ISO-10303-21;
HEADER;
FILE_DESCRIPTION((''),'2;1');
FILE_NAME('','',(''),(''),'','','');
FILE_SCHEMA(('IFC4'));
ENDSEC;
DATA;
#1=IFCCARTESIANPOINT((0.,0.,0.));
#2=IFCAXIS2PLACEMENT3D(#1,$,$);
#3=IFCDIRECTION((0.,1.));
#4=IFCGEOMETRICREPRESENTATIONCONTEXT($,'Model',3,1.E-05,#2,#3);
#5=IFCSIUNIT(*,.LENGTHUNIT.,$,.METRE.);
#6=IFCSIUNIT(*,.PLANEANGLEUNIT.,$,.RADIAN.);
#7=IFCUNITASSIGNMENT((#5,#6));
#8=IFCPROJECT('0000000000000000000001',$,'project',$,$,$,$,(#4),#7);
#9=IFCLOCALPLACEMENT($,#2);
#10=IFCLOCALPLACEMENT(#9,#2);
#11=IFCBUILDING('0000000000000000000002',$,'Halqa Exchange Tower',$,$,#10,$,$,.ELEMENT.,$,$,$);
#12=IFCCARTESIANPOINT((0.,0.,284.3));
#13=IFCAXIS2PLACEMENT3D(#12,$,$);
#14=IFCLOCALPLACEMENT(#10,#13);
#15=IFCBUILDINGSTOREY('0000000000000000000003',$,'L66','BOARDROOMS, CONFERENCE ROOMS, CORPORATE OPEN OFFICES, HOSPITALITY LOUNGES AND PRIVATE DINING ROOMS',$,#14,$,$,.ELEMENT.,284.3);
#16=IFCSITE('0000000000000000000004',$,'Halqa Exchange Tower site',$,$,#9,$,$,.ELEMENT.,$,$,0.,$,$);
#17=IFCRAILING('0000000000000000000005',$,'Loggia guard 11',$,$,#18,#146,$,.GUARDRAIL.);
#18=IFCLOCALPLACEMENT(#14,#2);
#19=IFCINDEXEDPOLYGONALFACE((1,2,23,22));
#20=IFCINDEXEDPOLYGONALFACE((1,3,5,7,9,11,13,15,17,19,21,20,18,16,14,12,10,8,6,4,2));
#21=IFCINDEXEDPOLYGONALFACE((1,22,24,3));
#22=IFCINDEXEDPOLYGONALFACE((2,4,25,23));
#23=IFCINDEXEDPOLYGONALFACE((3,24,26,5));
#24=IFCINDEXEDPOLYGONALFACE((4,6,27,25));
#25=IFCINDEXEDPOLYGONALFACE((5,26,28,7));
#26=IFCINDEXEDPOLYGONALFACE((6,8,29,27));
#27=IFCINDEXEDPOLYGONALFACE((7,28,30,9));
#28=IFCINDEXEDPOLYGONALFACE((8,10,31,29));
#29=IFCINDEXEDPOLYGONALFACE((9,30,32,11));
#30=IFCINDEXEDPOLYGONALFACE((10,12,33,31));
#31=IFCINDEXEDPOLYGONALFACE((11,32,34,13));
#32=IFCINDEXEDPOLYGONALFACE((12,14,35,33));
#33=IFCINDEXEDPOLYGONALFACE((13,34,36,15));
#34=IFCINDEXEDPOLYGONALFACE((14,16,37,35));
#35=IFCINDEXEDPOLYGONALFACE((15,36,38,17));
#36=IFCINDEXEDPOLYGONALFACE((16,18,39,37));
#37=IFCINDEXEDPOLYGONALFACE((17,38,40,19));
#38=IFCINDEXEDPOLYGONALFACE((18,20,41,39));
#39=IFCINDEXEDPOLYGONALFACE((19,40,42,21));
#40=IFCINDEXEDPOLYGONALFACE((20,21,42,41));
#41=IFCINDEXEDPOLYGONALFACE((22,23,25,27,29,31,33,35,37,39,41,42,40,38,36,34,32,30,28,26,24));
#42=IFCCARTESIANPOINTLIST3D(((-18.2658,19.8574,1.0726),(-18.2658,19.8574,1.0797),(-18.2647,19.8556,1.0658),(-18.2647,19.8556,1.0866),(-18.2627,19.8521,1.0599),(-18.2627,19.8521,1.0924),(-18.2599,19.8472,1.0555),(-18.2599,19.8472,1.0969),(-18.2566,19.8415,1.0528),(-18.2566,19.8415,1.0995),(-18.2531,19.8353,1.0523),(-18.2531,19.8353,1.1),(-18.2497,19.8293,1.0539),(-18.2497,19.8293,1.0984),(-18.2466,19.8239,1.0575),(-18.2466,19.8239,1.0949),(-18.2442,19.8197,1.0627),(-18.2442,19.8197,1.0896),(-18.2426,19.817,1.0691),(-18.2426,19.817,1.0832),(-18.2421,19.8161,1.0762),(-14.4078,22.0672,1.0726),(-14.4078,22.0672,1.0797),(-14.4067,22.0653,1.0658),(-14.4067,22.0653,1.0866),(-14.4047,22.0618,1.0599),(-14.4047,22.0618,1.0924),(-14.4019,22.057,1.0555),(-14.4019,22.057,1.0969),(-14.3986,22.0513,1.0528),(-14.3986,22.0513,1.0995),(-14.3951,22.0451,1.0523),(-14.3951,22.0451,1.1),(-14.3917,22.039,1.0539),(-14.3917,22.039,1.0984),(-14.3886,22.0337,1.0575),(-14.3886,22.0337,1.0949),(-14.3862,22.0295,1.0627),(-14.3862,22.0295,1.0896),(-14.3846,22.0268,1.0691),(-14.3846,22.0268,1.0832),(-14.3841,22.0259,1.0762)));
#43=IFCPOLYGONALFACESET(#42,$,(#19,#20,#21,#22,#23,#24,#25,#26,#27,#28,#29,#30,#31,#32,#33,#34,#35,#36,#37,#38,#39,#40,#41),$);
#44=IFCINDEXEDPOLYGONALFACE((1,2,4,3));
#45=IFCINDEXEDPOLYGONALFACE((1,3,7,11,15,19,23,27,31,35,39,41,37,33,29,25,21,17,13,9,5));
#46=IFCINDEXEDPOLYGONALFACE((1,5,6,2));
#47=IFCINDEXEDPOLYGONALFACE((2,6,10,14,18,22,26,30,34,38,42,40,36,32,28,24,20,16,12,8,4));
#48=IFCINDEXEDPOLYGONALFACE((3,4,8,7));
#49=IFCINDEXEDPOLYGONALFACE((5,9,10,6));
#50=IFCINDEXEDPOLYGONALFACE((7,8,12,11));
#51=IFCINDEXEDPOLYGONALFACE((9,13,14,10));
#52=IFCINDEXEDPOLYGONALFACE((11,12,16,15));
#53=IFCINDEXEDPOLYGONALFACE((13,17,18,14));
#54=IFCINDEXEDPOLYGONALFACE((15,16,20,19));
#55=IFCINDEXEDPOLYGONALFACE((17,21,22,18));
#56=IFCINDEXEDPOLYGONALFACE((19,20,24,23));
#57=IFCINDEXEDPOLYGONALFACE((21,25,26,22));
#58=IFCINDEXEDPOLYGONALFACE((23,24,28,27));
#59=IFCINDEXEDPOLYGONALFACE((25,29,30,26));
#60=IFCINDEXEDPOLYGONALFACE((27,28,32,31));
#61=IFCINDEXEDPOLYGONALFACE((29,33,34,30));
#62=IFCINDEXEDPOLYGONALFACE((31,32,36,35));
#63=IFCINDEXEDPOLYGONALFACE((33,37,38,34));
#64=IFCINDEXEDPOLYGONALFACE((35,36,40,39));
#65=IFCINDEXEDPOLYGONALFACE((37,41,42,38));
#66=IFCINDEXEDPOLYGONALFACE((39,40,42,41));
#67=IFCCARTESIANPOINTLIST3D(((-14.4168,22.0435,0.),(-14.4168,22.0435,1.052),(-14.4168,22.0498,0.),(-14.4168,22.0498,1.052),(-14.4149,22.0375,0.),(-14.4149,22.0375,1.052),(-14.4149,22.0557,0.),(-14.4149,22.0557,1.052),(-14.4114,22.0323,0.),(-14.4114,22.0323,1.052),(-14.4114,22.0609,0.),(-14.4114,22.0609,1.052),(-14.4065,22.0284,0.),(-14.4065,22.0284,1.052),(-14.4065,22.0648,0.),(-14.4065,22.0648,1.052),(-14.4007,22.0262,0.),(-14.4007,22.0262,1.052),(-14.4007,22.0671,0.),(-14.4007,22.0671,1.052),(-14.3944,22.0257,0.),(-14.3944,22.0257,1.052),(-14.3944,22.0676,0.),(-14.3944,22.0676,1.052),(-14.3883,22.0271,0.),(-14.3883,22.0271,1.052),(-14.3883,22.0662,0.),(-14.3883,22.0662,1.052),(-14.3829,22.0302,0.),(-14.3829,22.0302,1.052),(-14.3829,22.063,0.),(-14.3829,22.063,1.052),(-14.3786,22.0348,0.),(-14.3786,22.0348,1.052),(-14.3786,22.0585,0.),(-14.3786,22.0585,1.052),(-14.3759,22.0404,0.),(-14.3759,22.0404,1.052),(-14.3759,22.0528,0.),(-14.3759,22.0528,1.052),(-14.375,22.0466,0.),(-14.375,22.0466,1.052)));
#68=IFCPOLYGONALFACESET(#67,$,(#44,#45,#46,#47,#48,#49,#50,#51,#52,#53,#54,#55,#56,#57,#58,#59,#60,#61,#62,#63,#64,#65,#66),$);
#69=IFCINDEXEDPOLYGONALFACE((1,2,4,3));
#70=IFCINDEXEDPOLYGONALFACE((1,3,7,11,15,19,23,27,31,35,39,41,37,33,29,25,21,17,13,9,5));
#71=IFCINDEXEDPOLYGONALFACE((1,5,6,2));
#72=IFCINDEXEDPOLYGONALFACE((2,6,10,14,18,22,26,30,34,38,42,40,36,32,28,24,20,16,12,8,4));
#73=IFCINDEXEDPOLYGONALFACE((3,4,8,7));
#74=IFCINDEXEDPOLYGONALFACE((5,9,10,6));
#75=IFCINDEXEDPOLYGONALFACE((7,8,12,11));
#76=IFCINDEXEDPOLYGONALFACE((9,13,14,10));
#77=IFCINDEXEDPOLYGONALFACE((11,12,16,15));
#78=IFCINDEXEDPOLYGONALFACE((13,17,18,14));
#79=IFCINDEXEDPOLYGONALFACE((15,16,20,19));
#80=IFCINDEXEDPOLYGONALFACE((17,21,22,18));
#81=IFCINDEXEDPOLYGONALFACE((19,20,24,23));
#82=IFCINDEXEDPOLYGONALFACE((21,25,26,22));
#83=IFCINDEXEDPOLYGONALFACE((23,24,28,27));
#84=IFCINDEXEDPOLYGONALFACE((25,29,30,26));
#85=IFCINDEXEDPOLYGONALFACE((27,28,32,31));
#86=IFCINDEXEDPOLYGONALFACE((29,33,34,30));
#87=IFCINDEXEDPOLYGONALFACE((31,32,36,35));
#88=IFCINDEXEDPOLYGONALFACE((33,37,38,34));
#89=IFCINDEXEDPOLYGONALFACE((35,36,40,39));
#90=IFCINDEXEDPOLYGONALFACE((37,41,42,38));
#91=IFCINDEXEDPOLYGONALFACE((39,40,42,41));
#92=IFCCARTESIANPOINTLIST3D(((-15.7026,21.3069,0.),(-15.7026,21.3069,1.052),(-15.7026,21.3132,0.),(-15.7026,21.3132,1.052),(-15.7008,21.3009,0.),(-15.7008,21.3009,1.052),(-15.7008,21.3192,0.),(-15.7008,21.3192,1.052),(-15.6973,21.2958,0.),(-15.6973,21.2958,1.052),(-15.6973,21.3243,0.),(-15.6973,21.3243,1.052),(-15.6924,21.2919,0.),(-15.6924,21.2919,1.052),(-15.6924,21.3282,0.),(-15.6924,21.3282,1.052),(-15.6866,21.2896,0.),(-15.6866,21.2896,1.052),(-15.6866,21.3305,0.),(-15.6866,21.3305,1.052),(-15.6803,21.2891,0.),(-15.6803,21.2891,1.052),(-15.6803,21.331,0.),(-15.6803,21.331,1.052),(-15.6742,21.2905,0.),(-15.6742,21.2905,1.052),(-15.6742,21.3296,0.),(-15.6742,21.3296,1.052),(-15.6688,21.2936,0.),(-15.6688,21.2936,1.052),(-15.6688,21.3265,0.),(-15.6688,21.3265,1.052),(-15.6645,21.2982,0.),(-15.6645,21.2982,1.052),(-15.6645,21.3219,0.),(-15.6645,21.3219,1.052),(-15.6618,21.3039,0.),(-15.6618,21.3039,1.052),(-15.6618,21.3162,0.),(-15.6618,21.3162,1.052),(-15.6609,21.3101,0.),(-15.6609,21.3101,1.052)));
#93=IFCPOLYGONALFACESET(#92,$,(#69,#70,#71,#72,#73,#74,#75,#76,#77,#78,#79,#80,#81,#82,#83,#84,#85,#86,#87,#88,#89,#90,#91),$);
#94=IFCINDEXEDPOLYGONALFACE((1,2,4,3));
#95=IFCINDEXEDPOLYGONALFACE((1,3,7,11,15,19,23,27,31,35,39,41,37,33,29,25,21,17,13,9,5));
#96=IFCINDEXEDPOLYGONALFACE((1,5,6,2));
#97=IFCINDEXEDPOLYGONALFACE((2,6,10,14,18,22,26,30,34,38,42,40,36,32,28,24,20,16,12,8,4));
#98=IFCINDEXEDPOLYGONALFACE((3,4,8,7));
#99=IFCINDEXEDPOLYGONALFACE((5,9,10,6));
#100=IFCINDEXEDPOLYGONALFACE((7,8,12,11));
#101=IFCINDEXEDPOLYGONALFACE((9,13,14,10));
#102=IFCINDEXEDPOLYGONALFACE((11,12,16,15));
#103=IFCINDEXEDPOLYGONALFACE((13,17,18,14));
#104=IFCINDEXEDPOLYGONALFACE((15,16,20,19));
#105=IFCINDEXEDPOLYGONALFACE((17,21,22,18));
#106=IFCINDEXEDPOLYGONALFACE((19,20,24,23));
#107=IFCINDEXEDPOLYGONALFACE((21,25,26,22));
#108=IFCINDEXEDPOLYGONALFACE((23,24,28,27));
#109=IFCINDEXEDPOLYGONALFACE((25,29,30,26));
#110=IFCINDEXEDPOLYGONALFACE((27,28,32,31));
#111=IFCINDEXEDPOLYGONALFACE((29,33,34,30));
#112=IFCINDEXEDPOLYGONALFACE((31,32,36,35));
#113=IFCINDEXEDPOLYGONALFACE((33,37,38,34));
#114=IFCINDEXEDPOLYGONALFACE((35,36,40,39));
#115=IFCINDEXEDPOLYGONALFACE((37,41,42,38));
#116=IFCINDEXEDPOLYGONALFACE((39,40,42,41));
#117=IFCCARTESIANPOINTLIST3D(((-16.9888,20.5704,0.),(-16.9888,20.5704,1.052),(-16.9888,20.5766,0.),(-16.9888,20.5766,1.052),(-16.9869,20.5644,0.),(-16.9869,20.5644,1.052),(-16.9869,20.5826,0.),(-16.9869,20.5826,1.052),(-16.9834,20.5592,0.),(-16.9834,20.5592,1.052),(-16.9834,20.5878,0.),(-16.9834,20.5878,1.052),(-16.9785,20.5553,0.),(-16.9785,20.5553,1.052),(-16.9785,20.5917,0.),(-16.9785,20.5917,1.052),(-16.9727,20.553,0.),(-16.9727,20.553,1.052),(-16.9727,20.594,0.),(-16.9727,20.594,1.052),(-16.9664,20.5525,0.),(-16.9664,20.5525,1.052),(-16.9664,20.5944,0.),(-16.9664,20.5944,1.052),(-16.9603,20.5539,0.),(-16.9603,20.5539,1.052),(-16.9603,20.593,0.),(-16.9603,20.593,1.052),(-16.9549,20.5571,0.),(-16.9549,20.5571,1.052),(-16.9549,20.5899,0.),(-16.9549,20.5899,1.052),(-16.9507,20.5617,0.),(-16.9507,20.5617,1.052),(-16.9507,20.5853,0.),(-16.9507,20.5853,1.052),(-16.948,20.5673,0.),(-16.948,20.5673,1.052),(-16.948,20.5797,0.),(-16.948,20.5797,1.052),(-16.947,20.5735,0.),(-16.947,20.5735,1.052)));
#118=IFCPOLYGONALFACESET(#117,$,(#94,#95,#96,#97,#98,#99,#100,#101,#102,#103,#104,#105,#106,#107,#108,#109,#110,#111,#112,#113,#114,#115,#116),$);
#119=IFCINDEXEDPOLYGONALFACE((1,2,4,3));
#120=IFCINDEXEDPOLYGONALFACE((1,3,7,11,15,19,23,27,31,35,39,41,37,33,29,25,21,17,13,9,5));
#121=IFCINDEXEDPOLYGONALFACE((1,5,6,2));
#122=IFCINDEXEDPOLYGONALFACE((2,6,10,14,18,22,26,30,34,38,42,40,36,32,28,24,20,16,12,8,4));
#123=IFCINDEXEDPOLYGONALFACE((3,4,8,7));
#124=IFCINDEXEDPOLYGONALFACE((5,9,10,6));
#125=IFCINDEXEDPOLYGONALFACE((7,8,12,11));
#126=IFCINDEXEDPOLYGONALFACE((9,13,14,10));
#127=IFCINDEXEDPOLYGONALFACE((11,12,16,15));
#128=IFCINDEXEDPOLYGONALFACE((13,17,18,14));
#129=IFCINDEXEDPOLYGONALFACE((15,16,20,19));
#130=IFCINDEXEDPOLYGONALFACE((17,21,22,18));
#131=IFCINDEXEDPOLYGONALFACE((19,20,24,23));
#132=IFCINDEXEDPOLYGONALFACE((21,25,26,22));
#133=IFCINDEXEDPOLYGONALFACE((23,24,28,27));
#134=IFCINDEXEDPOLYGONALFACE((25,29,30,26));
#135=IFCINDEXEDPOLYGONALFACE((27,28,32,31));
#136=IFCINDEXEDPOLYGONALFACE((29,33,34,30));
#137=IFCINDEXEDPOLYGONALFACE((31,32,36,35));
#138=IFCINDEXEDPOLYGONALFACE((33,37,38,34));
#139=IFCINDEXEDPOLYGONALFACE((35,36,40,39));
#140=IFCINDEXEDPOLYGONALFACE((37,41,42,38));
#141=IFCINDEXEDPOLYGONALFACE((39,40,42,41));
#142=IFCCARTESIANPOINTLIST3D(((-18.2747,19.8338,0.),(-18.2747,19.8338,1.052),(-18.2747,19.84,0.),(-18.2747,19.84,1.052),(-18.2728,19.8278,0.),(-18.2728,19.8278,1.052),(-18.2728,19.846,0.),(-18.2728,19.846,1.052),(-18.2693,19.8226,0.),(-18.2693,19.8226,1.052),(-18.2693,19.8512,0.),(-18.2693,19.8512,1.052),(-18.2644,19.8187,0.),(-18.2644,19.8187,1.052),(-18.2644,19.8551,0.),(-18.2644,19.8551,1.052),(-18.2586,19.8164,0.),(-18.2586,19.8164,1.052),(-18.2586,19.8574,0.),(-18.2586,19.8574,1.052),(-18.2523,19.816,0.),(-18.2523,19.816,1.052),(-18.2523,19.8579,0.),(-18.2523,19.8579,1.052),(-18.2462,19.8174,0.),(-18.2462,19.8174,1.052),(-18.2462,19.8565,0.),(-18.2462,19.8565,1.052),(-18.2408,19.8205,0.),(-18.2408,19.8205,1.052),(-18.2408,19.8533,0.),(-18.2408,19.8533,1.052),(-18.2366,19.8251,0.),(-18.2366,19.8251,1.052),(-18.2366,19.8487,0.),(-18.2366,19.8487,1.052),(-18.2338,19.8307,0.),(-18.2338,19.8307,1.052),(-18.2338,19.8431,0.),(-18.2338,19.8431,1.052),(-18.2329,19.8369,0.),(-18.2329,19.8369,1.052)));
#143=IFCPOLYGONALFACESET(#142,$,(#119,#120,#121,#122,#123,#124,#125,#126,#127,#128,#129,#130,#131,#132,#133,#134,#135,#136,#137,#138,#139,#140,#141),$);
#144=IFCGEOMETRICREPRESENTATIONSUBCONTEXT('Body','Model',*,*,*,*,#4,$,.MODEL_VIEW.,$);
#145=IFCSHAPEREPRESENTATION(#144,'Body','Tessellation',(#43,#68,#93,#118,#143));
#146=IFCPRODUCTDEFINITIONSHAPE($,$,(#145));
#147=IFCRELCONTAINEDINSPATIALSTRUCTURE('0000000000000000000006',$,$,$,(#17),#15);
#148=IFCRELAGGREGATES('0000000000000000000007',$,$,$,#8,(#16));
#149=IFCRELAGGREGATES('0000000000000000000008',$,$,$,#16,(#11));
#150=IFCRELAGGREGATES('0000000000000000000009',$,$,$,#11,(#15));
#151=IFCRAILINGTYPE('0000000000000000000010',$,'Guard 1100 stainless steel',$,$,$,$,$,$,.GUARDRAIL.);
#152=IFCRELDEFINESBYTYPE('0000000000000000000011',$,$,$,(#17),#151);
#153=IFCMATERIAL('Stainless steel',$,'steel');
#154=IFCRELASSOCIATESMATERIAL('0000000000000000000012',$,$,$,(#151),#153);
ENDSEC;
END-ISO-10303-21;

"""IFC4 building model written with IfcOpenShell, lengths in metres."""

from ifc_helpers import new_model, si_unit, direction, frame, origin, origin_2d, place, context, subcontext, project, spatial, circle, extrude, material, type_object, element, save


model = new_model("IFC4")

# Units and contexts
model_context = context("Model", 3, precision=1e-05, world=origin(), true_north=direction((0.0, 1.0)))
body_context = subcontext(model_context, "Body", "Model", "MODEL_VIEW")
ifc_project = project(units=[si_unit("LENGTHUNIT", "METRE"), si_unit("PLANEANGLEUNIT", "RADIAN")], contexts=[model_context])

# Site, building, storey
site_placement = place(None, origin())
site = spatial("IfcSite", under=ifc_project, at=site_placement, Name="Halqa Exchange Tower site", CompositionType="ELEMENT", RefElevation=0.0)
building_placement = place(site_placement, origin())
building = spatial("IfcBuilding", under=site, at=building_placement, Name="Halqa Exchange Tower", CompositionType="ELEMENT")
storey_placement = place(building_placement, frame((0.0, 0.0, 284.3)))
storey = spatial("IfcBuildingStorey", under=building, at=storey_placement, Name="L66", Description="BOARDROOMS, CONFERENCE ROOMS, CORPORATE OPEN OFFICES, HOSPITALITY LOUNGES AND PRIVATE DINING ROOMS", CompositionType="ELEMENT", Elevation=284.3)

# Railing
ifc_material_1 = material(Name="Stainless steel", Category="steel")
railing_type = type_object("IfcRailingType", Name="Guard 1100 stainless steel", PredefinedType="GUARDRAIL", material=ifc_material_1)
railing_1_placement = place(storey_placement, frame((-14.396, 22.0466, 0.0)))
element("IfcRailing", 1, at=railing_1_placement, inside=storey, type_object=railing_type, Name="Loggia guard 11", PredefinedType="GUARDRAIL", context=body_context, shape_type="SweptSolid", body=[
    extrude(circle(Radius=0.0239, at=origin_2d()), frame((0.0, 0.0, 1.0762), z_axis=(-0.867739, -0.49702, 0.0), x_axis=(0.49702, -0.867739, 0.0)), (0.0, 0.0, 1.0), 4.446),
    extrude(circle(Radius=0.021, at=origin_2d()), origin(), (0.0, 0.0, 1.0), 1.052),
    extrude(circle(Radius=0.021, at=origin_2d()), frame((-1.2859, -0.7366, 0.0)), (0.0, 0.0, 1.0), 1.052),
    extrude(circle(Radius=0.021, at=origin_2d()), frame((-2.572, -1.4731, 0.0)), (0.0, 0.0, 1.0), 1.052),
    extrude(circle(Radius=0.021, at=origin_2d()), frame((-3.8579, -2.2097, 0.0)), (0.0, 0.0, 1.0), 1.052),
])

save(model, "model.ifc")
